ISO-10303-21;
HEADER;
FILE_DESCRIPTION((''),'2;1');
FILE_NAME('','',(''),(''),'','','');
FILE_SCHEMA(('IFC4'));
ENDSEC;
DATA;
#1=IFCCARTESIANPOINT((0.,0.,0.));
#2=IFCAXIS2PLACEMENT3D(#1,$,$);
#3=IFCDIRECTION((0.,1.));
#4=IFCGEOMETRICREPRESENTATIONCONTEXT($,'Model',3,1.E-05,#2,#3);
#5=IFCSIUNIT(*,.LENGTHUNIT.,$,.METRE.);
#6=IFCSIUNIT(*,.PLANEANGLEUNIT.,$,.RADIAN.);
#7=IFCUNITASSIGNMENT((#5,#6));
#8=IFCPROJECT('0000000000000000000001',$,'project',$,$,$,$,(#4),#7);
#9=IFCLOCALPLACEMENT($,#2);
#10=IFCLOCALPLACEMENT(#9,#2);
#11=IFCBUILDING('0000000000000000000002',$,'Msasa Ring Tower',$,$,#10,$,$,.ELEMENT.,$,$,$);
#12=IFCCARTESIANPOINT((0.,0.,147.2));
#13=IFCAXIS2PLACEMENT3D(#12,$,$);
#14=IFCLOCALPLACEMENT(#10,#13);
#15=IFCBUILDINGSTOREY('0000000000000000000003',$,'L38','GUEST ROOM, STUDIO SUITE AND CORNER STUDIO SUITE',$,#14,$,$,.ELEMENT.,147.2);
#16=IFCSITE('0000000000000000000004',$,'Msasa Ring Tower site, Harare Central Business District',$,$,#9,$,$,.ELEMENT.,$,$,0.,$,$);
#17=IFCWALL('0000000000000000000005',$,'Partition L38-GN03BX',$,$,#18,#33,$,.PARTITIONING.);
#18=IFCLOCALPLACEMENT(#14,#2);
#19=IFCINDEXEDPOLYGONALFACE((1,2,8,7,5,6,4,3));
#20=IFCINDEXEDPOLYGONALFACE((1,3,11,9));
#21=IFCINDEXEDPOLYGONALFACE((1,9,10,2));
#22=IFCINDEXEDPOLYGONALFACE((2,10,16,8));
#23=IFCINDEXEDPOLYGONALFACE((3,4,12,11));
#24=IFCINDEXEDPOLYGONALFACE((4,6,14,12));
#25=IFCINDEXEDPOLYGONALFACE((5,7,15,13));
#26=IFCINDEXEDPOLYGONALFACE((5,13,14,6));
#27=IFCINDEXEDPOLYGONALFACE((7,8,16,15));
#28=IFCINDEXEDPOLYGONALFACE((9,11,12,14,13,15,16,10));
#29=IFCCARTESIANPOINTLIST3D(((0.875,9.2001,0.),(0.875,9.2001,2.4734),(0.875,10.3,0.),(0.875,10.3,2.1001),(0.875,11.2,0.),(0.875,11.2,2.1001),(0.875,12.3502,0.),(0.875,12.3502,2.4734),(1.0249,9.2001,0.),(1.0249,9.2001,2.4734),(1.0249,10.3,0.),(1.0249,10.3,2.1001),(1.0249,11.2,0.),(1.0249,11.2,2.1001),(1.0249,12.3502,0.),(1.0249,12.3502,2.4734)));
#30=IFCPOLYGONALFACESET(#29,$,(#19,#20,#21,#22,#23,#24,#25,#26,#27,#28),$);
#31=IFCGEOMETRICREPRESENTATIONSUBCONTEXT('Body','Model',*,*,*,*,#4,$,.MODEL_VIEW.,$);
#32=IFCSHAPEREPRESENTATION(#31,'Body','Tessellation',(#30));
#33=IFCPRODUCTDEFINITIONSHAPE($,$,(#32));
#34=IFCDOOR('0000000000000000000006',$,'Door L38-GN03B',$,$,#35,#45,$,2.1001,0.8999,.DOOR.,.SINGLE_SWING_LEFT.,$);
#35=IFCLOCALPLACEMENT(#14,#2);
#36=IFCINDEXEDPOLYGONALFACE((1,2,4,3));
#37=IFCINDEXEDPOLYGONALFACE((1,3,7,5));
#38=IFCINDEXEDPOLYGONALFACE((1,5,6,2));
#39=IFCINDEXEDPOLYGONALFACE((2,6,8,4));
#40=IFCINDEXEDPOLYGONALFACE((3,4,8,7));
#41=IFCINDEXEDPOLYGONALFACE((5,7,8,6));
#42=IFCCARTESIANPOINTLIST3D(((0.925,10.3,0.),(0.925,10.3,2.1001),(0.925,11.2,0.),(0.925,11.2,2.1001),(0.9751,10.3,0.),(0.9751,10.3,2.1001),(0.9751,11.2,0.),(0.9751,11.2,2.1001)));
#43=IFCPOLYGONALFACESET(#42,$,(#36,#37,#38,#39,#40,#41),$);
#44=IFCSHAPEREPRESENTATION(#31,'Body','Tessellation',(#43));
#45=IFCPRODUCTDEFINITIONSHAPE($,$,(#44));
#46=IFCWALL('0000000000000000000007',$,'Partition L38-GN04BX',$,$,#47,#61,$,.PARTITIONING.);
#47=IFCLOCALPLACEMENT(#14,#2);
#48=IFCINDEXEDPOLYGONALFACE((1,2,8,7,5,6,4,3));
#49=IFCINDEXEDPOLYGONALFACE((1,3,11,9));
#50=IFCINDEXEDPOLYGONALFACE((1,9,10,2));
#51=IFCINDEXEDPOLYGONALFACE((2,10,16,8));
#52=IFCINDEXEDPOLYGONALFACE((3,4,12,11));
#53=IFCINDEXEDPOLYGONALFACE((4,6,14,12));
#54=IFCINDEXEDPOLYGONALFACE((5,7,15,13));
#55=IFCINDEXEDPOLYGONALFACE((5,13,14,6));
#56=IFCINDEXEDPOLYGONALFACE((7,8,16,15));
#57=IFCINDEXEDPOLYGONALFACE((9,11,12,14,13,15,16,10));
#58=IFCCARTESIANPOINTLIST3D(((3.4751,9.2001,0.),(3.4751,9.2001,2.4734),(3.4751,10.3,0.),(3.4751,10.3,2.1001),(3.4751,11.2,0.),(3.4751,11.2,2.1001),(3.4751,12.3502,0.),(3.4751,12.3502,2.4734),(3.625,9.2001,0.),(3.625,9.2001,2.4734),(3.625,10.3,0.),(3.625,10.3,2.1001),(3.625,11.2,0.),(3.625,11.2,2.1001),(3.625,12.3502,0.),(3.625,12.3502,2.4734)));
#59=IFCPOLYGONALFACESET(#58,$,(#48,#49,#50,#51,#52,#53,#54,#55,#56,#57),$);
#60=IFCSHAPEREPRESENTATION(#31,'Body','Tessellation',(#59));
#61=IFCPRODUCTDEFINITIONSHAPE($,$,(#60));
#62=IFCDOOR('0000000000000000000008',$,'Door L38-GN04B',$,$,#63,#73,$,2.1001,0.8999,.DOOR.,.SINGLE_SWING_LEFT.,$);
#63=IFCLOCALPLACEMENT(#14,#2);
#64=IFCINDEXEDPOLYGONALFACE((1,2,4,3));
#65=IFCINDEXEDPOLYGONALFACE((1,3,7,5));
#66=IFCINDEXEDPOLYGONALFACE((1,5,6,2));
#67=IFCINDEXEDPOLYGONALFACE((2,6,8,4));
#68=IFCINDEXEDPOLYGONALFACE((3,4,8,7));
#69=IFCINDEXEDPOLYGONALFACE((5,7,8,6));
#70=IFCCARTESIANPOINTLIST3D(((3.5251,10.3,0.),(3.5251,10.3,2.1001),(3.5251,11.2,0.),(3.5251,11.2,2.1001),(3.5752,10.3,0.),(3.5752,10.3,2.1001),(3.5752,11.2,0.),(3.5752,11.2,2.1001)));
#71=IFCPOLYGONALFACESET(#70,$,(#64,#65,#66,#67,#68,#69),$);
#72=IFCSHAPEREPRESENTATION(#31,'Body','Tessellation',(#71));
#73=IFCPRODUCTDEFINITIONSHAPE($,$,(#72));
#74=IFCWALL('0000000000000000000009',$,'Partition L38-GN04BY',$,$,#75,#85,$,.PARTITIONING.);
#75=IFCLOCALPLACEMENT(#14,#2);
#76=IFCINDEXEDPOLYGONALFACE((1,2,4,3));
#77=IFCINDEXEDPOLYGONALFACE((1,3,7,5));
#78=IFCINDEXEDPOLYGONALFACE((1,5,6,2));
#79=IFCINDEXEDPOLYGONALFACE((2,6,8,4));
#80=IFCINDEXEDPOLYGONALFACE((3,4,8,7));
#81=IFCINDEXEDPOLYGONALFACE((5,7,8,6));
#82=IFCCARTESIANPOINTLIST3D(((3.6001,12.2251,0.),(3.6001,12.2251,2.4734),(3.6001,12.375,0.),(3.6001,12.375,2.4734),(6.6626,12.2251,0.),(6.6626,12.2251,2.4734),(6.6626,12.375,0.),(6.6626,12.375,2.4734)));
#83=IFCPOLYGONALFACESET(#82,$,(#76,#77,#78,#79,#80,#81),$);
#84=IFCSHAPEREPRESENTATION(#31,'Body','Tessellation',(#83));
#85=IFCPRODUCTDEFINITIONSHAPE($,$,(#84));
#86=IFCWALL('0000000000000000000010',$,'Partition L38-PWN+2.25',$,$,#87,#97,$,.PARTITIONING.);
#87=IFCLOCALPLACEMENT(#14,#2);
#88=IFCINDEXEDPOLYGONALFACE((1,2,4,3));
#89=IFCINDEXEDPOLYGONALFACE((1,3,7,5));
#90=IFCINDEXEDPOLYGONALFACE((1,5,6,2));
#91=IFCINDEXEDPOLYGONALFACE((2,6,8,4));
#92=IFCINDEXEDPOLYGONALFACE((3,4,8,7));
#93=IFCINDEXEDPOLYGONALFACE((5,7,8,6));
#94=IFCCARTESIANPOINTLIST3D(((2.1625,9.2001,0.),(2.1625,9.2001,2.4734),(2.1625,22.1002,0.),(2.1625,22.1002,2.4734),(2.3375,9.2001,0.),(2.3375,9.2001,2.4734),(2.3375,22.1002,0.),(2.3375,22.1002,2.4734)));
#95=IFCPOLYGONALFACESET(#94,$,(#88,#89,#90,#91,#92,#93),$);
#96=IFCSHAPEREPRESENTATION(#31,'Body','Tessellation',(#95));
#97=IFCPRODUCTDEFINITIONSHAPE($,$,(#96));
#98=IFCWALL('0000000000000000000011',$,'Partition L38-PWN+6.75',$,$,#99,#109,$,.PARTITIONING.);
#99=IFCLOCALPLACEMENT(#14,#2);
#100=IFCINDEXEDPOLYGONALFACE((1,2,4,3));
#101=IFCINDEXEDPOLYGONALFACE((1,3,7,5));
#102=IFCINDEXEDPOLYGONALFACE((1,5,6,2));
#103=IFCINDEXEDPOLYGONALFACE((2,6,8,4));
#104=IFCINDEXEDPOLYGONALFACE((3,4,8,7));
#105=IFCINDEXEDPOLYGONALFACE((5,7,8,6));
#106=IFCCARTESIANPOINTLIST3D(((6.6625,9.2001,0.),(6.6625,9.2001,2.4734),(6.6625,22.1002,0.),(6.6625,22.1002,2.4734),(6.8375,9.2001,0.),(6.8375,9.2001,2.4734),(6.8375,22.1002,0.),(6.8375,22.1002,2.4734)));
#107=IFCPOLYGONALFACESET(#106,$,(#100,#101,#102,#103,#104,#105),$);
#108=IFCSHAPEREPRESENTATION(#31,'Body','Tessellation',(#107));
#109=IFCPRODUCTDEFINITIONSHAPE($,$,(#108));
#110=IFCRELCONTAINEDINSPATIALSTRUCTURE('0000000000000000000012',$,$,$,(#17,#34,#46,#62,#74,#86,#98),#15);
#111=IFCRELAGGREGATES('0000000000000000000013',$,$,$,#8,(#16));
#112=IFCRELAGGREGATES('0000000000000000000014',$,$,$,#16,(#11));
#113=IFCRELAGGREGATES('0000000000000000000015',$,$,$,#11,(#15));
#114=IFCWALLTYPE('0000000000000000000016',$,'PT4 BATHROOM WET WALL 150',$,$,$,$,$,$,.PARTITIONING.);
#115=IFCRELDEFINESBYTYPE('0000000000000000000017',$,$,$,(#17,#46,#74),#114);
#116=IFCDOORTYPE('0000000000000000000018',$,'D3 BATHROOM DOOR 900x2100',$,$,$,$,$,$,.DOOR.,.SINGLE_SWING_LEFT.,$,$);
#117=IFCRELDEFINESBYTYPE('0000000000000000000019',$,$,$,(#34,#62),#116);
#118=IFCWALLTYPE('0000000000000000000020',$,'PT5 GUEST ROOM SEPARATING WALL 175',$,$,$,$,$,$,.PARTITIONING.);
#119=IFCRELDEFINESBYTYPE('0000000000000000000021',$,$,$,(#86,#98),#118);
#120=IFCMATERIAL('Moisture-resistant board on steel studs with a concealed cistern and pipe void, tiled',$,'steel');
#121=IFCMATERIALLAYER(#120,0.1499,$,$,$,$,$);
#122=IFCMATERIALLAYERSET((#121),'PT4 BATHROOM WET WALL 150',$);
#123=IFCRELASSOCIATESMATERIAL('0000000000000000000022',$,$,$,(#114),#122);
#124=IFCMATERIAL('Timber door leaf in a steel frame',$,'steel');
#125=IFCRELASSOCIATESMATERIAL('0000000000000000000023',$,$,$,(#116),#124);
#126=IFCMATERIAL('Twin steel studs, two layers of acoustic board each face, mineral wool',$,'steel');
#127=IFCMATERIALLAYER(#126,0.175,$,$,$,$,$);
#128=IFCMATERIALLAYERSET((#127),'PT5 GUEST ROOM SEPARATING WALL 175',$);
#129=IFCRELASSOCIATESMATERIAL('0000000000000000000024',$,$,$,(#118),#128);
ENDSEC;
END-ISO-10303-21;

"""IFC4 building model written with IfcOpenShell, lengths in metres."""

from ifc_helpers import new_model, si_unit, direction, frame, frame_2d, origin, place, context, subcontext, project, spatial, rectangle, extrude, material, layer, layer_set, type_object, element, fill, save


model = new_model("IFC4")

# Units and contexts
model_context = context("Model", 3, precision=1e-05, world=origin(), true_north=direction((0.0, 1.0)))
body_context = subcontext(model_context, "Body", "Model", "MODEL_VIEW")
ifc_project = project(units=[si_unit("LENGTHUNIT", "METRE"), si_unit("PLANEANGLEUNIT", "RADIAN")], contexts=[model_context])

# Site, building, storey
site_placement = place(None, origin())
site = spatial("IfcSite", under=ifc_project, at=site_placement, Name="Msasa Ring Tower site, Harare Central Business District", CompositionType="ELEMENT", RefElevation=0.0)
building_placement = place(site_placement, origin())
building = spatial("IfcBuilding", under=site, at=building_placement, Name="Msasa Ring Tower", CompositionType="ELEMENT")
storey_placement = place(building_placement, frame((0.0, 0.0, 147.2)))
storey = spatial("IfcBuildingStorey", under=building, at=storey_placement, Name="L38", Description="GUEST ROOM, STUDIO SUITE AND CORNER STUDIO SUITE", CompositionType="ELEMENT", Elevation=147.2)

# Walls, openings, doors
ifc_material_1 = material(Name="Moisture-resistant board on steel studs with a concealed cistern and pipe void, tiled", Category="steel")
ifc_layer_1 = layer(ifc_material_1, 0.1499)
ifc_layer_set_1 = layer_set([ifc_layer_1], Name="PT4 BATHROOM WET WALL 150")
wall_type_1 = type_object("IfcWallType", Name="PT4 BATHROOM WET WALL 150", PredefinedType="PARTITIONING", material=ifc_layer_set_1)
wall_1_placement = place(storey_placement, frame((0.95, 9.2, 0.0), z_axis=(0.0, 0.0, 1.0), x_axis=(0.0, 1.0, 0.0)))
wall_1 = element("IfcWall", 1, at=wall_1_placement, inside=storey, type_object=wall_type_1, Name="Partition L38-GN03BX", PredefinedType="PARTITIONING", context=body_context, shape_type="SweptSolid", body=[
    extrude(rectangle(XDim=3.1501, YDim=0.1499, at=frame_2d((1.5752, 0.0))), origin(), (0.0, 0.0, 1.0), 2.4734),
])
opening_1_placement = place(wall_1_placement, frame((1.1001, 0.0, 0.0)))
opening_1 = element("IfcOpeningElement", 2, at=opening_1_placement, cuts=wall_1, PredefinedType="OPENING", context=body_context, shape_type="SweptSolid", body=[
    extrude(rectangle(XDim=0.8999, YDim=2.1001, at=frame_2d((0.45, 1.05))), frame((0.0, 0.085, 0.0), z_axis=(0.0, -1.0, 0.0), x_axis=(1.0, 0.0, 0.0)), (0.0, 0.0, 1.0), 0.1699),
])
ifc_material_2 = material(Name="Timber door leaf in a steel frame", Category="steel")
door_type_1 = type_object("IfcDoorType", Name="D3 BATHROOM DOOR 900x2100", OperationType="SINGLE_SWING_LEFT", PredefinedType="DOOR", material=ifc_material_2)
door_1_placement = place(opening_1_placement, origin())
door_1 = element("IfcDoor", 3, at=door_1_placement, inside=storey, type_object=door_type_1, Name="Door L38-GN03B", OperationType="SINGLE_SWING_LEFT", OverallHeight=2.1001, OverallWidth=0.8999, PredefinedType="DOOR", context=body_context, shape_type="SweptSolid", body=[
    extrude(rectangle(XDim=0.8999, YDim=2.1001, at=frame_2d((0.45, 1.05))), frame((0.0, 0.0249, 0.0), z_axis=(0.0, -1.0, 0.0), x_axis=(1.0, 0.0, 0.0)), (0.0, 0.0, 1.0), 0.05),
])
fill(opening_1, door_1)
wall_2_placement = place(storey_placement, frame((3.55, 9.2, 0.0), z_axis=(0.0, 0.0, 1.0), x_axis=(0.0, 1.0, 0.0)))
wall_2 = element("IfcWall", 4, at=wall_2_placement, inside=storey, type_object=wall_type_1, Name="Partition L38-GN04BX", PredefinedType="PARTITIONING", context=body_context, shape_type="SweptSolid", body=[
    extrude(rectangle(XDim=3.1501, YDim=0.1499, at=frame_2d((1.5752, 0.0))), origin(), (0.0, 0.0, 1.0), 2.4734),
])
opening_2_placement = place(wall_2_placement, frame((1.1001, 0.0, 0.0)))
opening_2 = element("IfcOpeningElement", 5, at=opening_2_placement, cuts=wall_2, PredefinedType="OPENING", context=body_context, shape_type="SweptSolid", body=[
    extrude(rectangle(XDim=0.8999, YDim=2.1001, at=frame_2d((0.45, 1.05))), frame((0.0, 0.085, 0.0), z_axis=(0.0, -1.0, 0.0), x_axis=(1.0, 0.0, 0.0)), (0.0, 0.0, 1.0), 0.1699),
])
door_2_placement = place(opening_2_placement, origin())
door_2 = element("IfcDoor", 6, at=door_2_placement, inside=storey, type_object=door_type_1, Name="Door L38-GN04B", OperationType="SINGLE_SWING_LEFT", OverallHeight=2.1001, OverallWidth=0.8999, PredefinedType="DOOR", context=body_context, shape_type="SweptSolid", body=[
    extrude(rectangle(XDim=0.8999, YDim=2.1001, at=frame_2d((0.45, 1.05))), frame((0.0, 0.0249, 0.0), z_axis=(0.0, -1.0, 0.0), x_axis=(1.0, 0.0, 0.0)), (0.0, 0.0, 1.0), 0.05),
])
fill(opening_2, door_2)

# Walls
wall_3_placement = place(storey_placement, frame((3.6001, 12.3, 0.0), z_axis=(0.0, 0.0, 1.0), x_axis=(1.0, 0.0, 0.0)))
element("IfcWall", 7, at=wall_3_placement, inside=storey, type_object=wall_type_1, Name="Partition L38-GN04BY", PredefinedType="PARTITIONING", context=body_context, shape_type="SweptSolid", body=[
    extrude(rectangle(XDim=3.0625, YDim=0.1499, at=frame_2d((1.5312, 0.0))), origin(), (0.0, 0.0, 1.0), 2.4734),
])
ifc_material_3 = material(Name="Twin steel studs, two layers of acoustic board each face, mineral wool", Category="steel")
ifc_layer_2 = layer(ifc_material_3, 0.175)
ifc_layer_set_2 = layer_set([ifc_layer_2], Name="PT5 GUEST ROOM SEPARATING WALL 175")
wall_type_2 = type_object("IfcWallType", Name="PT5 GUEST ROOM SEPARATING WALL 175", PredefinedType="PARTITIONING", material=ifc_layer_set_2)
for number, where, z_axis, x_axis, name in (
    (8, (2.25, 9.2, 0.0), (0.0, 0.0, 1.0), (0.0, 1.0, 0.0), "Partition L38-PWN+2.25"),
    (9, (6.75, 9.2, 0.0), (0.0, 0.0, 1.0), (0.0, 1.0, 0.0), "Partition L38-PWN+6.75"),
):
    element("IfcWall", number, at=place(storey_placement, frame(where, z_axis=z_axis, x_axis=x_axis)), inside=storey, type_object=wall_type_2, Name=name, PredefinedType="PARTITIONING", context=body_context, shape_type="SweptSolid", body=[
        extrude(rectangle(XDim=12.9001, YDim=0.175, at=frame_2d((6.4502, 0.0))), origin(), (0.0, 0.0, 1.0), 2.4734),
    ])

save(model, "model.ifc")
